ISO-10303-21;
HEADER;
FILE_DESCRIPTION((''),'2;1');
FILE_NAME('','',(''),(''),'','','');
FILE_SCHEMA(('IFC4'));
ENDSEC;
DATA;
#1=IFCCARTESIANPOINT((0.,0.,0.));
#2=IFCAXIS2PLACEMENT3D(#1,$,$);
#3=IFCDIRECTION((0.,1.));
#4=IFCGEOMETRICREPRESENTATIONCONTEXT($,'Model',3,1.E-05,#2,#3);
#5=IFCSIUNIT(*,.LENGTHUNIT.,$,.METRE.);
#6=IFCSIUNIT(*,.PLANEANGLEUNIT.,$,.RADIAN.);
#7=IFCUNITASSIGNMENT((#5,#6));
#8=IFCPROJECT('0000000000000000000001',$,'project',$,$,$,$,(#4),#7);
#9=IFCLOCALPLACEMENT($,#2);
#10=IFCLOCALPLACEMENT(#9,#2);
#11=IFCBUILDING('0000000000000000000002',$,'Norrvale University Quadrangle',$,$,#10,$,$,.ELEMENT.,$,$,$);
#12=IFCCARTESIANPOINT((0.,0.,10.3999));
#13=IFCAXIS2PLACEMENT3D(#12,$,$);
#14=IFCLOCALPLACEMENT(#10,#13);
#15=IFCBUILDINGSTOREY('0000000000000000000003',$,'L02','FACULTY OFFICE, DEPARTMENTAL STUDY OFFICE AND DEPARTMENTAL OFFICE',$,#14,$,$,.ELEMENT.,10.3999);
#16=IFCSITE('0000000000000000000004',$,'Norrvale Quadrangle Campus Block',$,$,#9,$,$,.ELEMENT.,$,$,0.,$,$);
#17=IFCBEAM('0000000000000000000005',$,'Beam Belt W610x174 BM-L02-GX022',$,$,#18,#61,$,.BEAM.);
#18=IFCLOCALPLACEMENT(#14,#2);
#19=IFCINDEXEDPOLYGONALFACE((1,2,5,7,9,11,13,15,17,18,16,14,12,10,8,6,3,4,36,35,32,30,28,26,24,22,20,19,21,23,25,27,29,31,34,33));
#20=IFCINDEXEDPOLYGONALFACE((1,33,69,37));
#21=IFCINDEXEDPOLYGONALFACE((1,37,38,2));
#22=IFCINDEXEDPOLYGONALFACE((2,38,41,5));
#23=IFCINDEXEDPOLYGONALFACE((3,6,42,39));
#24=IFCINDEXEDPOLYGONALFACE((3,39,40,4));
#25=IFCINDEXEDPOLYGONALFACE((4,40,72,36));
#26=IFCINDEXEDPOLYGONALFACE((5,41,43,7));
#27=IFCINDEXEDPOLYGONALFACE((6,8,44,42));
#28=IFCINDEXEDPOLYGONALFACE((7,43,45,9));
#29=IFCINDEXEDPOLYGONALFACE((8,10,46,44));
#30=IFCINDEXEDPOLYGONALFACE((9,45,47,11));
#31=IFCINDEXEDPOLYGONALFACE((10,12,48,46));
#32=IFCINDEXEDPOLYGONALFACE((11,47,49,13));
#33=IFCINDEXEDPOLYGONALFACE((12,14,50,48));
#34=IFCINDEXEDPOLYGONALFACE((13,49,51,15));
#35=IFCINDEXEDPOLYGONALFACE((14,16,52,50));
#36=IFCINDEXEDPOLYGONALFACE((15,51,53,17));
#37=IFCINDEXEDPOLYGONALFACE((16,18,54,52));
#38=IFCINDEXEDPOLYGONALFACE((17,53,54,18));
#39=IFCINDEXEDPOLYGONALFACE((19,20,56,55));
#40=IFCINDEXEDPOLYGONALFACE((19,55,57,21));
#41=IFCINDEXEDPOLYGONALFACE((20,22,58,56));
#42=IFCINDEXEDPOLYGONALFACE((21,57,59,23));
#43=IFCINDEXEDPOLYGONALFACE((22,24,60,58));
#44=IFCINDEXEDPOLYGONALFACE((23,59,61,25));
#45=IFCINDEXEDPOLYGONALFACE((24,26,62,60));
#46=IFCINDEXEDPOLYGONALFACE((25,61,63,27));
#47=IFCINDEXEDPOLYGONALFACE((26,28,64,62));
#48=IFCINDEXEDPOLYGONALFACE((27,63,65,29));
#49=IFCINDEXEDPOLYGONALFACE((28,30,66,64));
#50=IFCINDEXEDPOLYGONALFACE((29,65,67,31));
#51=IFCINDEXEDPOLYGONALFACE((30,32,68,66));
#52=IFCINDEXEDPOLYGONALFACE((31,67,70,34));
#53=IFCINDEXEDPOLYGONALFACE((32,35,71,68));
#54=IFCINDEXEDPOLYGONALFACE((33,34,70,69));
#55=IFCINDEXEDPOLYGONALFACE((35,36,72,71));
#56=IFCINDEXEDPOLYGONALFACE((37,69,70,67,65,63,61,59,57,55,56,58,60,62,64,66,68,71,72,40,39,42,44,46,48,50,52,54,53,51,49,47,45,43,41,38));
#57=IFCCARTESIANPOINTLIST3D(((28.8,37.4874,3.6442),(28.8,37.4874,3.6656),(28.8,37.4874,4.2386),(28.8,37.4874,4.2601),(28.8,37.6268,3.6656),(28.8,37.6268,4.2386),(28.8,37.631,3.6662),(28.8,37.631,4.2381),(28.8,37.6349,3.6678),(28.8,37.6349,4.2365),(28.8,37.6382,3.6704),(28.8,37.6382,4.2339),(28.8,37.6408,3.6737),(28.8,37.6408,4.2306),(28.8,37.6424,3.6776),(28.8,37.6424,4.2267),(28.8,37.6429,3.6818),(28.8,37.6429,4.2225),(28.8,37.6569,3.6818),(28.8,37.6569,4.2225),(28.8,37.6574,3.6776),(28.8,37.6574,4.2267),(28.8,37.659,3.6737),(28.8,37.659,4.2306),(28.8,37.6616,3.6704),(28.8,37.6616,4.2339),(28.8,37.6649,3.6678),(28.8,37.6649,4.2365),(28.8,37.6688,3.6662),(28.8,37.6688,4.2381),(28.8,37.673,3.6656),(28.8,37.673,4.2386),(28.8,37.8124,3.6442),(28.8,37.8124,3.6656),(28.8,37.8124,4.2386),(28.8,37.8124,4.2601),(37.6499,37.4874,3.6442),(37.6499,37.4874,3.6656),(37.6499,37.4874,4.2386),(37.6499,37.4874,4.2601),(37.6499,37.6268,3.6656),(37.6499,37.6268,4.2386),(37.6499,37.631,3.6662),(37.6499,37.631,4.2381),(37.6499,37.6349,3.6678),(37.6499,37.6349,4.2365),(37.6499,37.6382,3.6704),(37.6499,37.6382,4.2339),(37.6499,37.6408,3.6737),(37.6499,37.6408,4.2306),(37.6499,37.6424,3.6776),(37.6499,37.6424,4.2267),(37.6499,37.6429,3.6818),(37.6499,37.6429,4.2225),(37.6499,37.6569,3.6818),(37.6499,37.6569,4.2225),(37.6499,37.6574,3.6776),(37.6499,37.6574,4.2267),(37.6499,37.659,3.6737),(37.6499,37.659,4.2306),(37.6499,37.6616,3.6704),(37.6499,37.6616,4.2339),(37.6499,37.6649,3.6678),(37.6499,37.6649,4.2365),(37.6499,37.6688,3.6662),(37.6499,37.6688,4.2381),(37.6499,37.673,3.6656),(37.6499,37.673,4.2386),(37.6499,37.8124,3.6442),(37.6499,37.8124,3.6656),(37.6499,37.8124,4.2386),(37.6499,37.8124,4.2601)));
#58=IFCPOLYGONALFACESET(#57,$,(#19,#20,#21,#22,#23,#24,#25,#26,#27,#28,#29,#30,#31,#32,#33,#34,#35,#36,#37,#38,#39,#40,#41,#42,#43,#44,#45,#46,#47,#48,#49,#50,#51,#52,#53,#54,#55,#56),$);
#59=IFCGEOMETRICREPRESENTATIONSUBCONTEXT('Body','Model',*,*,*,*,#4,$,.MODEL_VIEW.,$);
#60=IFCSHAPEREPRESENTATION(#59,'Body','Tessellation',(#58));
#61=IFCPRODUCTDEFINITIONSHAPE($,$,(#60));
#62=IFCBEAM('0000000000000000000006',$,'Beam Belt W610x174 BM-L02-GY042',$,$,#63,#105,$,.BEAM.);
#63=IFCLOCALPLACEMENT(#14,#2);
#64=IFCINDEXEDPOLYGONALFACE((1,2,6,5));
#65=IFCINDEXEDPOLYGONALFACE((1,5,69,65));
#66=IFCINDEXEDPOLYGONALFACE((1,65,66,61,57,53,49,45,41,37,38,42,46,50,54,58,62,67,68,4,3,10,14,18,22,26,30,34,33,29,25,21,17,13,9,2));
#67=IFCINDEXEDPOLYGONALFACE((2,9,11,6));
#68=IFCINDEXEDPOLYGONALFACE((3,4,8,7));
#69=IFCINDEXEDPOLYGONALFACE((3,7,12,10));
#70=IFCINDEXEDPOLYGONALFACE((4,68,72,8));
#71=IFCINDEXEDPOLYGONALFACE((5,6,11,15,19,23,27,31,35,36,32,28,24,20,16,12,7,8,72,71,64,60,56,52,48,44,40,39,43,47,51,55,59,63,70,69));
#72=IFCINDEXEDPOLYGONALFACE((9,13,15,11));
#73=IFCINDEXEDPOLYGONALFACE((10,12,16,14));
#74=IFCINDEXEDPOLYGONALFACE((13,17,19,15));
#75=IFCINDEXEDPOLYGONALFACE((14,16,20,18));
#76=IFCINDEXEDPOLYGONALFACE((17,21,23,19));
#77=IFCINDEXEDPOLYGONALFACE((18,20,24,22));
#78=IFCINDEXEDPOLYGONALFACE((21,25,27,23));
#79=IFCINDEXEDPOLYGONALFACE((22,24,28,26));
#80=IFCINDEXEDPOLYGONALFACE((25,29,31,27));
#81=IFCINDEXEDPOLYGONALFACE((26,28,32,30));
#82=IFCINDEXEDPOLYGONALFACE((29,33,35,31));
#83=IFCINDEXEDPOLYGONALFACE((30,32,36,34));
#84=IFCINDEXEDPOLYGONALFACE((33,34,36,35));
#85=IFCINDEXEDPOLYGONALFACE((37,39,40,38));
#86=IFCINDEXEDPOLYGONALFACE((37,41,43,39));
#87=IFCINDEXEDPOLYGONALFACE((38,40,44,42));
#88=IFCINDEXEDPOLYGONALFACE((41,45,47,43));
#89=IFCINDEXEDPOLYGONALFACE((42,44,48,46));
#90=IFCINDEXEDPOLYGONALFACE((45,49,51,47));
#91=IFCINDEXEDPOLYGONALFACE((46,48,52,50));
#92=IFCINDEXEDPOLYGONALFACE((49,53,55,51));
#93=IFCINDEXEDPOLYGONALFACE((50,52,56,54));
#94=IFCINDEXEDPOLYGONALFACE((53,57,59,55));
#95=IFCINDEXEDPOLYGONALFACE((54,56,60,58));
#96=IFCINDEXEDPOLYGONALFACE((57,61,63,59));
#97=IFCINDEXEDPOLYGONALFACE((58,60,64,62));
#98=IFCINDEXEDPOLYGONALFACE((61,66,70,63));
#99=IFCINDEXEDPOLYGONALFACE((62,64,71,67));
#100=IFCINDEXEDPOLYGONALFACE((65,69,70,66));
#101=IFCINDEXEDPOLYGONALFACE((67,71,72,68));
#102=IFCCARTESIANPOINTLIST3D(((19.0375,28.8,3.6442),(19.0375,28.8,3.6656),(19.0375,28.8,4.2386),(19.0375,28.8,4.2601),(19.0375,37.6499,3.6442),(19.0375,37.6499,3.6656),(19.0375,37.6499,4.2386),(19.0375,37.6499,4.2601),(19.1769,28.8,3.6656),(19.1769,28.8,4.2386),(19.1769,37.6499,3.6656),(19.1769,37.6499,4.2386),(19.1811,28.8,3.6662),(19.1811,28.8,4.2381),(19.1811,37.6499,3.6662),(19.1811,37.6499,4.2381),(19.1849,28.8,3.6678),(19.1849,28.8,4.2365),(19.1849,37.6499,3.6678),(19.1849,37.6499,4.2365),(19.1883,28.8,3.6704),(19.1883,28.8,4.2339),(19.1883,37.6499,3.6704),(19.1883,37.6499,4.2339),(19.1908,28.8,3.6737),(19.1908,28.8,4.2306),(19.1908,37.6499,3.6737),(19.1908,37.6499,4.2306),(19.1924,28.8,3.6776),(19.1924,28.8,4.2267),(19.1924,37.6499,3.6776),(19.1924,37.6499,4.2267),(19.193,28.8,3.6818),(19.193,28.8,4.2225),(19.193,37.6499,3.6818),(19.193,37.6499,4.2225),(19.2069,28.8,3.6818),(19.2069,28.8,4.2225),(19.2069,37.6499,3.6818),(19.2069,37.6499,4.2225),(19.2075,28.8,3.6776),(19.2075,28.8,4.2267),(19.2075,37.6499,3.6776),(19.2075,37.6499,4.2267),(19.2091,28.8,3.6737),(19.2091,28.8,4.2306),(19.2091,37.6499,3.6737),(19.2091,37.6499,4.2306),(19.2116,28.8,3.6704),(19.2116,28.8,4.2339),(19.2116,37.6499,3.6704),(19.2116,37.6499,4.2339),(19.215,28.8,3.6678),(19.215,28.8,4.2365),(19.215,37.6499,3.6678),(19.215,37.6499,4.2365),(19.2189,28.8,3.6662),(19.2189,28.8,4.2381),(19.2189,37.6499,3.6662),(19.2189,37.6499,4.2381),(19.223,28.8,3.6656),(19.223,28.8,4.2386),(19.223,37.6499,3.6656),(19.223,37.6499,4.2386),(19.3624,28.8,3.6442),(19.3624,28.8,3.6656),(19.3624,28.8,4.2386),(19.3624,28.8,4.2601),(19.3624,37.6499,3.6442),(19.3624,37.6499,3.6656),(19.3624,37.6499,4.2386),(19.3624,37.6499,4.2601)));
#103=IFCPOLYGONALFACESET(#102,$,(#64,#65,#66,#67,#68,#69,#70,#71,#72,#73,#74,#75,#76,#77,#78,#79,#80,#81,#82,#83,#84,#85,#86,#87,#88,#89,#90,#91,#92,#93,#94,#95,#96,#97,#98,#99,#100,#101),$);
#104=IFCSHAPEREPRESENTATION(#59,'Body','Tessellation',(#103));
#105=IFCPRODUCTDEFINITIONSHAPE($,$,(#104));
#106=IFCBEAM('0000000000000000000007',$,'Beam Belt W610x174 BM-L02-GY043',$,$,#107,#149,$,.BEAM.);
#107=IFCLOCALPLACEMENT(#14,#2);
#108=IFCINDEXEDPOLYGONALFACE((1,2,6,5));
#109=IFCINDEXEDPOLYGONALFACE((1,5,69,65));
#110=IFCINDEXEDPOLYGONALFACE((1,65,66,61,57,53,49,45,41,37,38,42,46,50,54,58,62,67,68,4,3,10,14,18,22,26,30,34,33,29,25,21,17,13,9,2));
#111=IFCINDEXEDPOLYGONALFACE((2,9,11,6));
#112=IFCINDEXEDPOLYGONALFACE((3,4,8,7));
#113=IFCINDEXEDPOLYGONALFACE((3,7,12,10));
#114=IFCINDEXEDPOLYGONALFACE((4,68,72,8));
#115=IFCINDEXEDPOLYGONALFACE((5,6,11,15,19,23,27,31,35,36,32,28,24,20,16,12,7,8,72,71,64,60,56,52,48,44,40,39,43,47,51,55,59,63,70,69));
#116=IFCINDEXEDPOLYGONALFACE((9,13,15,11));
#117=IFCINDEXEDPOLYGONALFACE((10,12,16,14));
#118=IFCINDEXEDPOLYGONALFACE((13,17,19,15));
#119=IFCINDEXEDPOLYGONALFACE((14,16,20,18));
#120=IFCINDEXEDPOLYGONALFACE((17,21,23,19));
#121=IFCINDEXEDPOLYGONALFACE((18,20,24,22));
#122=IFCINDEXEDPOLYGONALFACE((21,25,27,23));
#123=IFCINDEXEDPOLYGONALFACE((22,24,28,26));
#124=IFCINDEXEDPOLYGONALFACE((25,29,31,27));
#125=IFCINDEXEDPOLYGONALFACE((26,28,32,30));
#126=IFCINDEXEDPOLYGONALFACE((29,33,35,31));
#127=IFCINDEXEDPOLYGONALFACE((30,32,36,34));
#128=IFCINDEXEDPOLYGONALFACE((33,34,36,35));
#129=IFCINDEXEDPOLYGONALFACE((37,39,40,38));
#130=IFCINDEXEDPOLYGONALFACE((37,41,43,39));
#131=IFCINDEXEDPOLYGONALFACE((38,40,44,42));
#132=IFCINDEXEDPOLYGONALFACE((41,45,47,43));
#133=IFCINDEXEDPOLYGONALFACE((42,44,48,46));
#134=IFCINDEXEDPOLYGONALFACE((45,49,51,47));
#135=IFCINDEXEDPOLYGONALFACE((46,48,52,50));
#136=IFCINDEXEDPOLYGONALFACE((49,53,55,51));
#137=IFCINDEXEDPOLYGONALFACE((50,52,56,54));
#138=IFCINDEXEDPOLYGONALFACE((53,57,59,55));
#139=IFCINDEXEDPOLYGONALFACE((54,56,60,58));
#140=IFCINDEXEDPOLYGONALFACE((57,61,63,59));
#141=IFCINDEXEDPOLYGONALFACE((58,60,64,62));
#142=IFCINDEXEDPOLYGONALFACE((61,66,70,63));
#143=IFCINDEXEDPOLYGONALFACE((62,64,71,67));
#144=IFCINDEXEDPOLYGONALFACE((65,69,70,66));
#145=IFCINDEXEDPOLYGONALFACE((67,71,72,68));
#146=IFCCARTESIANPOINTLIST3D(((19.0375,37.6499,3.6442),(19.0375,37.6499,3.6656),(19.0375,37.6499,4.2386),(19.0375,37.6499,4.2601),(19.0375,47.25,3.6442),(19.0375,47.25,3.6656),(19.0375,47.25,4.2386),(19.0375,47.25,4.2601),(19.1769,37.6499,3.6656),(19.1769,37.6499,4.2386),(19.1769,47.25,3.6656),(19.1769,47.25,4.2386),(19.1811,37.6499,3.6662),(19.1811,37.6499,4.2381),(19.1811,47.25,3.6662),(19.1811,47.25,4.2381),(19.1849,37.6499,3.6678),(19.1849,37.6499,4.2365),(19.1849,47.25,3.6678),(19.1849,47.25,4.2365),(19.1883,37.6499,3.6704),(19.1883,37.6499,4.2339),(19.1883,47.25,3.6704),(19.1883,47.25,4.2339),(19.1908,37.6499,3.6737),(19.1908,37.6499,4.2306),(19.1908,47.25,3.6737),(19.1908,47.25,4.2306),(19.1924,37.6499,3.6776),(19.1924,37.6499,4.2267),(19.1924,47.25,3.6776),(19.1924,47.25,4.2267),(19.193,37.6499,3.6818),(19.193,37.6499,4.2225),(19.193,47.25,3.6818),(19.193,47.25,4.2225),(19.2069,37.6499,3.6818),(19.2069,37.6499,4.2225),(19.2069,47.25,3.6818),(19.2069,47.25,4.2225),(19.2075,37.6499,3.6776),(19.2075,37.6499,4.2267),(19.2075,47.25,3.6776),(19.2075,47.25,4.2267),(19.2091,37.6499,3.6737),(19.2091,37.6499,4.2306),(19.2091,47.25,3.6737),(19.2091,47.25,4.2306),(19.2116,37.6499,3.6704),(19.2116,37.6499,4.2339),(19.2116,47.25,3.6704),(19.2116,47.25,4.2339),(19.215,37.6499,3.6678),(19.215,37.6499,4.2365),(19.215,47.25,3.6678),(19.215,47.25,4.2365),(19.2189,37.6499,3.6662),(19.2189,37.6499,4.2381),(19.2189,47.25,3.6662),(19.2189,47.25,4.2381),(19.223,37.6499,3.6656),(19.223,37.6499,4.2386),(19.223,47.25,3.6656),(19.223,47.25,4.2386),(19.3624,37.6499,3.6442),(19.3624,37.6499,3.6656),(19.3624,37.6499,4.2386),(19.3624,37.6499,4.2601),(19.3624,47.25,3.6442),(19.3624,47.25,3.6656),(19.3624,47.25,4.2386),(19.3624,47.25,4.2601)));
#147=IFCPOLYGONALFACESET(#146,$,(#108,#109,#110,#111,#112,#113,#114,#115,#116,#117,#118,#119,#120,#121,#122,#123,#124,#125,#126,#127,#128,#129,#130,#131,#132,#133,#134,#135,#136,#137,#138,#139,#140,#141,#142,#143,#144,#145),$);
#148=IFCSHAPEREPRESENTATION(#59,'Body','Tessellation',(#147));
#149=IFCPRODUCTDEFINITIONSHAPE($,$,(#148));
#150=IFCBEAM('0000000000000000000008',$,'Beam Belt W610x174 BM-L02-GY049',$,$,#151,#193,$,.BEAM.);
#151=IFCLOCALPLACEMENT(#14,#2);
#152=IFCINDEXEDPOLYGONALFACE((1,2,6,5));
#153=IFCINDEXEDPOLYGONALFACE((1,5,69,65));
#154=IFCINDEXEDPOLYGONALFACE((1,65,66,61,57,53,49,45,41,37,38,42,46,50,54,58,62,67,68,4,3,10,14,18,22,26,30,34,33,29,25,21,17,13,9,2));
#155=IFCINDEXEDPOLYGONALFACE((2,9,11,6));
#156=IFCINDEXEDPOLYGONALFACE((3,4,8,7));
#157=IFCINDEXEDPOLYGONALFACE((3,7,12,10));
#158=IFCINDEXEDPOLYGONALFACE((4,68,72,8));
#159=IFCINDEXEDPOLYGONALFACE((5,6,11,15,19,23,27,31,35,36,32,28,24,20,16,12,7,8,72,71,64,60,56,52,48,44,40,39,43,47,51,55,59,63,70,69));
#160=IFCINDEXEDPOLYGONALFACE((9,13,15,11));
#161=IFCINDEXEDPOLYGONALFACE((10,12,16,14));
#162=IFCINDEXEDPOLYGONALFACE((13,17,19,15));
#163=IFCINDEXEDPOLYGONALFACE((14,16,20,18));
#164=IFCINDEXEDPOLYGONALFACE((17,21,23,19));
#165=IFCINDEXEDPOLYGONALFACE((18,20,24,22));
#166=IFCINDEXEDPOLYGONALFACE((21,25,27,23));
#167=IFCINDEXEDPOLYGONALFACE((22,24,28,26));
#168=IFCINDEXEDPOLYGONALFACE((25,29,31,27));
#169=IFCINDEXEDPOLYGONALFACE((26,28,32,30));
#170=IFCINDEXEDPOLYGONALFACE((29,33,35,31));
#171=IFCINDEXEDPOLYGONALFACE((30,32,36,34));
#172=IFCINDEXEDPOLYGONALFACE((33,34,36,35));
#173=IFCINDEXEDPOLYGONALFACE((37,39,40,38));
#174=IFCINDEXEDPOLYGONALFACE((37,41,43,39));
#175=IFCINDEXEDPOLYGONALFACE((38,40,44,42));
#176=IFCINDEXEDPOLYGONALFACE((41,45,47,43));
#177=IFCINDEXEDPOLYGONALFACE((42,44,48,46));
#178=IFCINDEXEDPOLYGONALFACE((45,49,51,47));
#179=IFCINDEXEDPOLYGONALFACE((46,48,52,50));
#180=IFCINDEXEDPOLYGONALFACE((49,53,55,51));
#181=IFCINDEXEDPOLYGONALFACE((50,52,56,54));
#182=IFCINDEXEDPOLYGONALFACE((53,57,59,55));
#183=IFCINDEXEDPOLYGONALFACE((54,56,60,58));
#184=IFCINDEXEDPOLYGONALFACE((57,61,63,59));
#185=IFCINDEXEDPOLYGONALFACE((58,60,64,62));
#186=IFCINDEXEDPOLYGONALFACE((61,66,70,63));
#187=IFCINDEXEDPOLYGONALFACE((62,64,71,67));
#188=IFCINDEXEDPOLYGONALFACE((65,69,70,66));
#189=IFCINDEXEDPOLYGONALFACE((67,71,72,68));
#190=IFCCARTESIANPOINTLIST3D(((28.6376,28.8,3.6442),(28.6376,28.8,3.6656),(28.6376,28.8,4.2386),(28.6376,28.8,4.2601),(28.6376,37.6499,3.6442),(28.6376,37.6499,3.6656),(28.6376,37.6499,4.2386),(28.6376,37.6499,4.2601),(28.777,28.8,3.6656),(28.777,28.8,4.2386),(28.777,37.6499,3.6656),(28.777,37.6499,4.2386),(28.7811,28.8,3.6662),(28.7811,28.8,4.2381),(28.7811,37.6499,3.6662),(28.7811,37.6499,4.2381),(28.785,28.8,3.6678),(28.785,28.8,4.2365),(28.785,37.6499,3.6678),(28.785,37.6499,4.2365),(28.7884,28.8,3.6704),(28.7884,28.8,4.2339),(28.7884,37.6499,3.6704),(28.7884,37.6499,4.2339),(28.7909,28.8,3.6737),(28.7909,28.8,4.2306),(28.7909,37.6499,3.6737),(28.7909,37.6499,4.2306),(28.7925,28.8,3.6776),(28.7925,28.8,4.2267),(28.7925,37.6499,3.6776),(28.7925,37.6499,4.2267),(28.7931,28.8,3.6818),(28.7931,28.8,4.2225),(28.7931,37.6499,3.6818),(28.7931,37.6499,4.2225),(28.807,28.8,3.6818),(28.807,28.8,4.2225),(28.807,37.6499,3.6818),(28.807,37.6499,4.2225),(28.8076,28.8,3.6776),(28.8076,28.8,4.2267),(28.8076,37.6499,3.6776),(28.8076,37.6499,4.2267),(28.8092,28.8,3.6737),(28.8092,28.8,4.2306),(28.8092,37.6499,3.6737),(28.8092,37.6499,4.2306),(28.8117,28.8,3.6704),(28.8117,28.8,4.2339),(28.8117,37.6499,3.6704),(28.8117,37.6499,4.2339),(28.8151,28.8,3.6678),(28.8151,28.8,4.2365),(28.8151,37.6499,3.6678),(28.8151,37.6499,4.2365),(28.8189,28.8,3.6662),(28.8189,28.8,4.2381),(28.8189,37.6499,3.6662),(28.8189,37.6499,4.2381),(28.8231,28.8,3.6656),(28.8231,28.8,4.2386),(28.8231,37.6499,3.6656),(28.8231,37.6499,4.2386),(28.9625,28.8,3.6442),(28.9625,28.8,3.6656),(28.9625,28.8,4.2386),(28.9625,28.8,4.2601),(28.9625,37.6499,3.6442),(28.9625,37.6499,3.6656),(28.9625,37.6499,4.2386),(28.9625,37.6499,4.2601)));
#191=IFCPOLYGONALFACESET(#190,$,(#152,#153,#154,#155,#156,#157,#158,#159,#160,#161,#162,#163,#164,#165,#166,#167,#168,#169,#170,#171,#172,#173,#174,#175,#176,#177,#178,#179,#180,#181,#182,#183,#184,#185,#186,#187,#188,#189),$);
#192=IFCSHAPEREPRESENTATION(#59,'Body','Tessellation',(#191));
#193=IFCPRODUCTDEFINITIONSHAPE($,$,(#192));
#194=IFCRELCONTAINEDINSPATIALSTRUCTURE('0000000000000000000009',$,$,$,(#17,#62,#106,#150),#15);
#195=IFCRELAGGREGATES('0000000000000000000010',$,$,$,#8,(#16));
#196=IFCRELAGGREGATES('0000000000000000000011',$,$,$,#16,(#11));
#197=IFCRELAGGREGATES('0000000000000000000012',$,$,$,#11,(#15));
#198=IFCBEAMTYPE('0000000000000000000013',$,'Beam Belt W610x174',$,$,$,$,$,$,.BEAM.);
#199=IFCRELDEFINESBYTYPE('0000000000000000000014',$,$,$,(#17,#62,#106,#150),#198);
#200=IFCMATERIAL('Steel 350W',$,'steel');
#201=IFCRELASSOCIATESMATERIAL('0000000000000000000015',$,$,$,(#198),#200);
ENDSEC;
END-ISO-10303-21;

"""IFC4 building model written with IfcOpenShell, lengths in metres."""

from ifc_helpers import new_model, si_unit, direction, frame, origin, origin_2d, place, context, subcontext, project, spatial, i_section, extrude, material, material_profile, profile_set, type_object, element, save


model = new_model("IFC4")

# Units and contexts
model_context = context("Model", 3, precision=1e-05, world=origin(), true_north=direction((0.0, 1.0)))
body_context = subcontext(model_context, "Body", "Model", "MODEL_VIEW")
ifc_project = project(units=[si_unit("LENGTHUNIT", "METRE"), si_unit("PLANEANGLEUNIT", "RADIAN")], contexts=[model_context])

# Site, building, storey
site_placement = place(None, origin())
site = spatial("IfcSite", under=ifc_project, at=site_placement, Name="Norrvale Quadrangle Campus Block", CompositionType="ELEMENT", RefElevation=0.0)
building_placement = place(site_placement, origin())
building = spatial("IfcBuilding", under=site, at=building_placement, Name="Norrvale University Quadrangle", CompositionType="ELEMENT")
storey_placement = place(building_placement, frame((0.0, 0.0, 10.3999)))
storey = spatial("IfcBuildingStorey", under=building, at=storey_placement, Name="L02", Description="FACULTY OFFICE, DEPARTMENTAL STUDY OFFICE AND DEPARTMENTAL OFFICE", CompositionType="ELEMENT", Elevation=10.3999)

# Beams
ifc_material_1 = material(Name="Steel 350W", Category="steel")
ifc_material_profile_1 = material_profile(ifc_material_1, i_section(OverallWidth=0.325, OverallDepth=0.616, WebThickness=0.0139, FlangeThickness=0.0215, FilletRadius=0.0161, at=origin_2d()), Name="Steel 350W")
ifc_profile_set_1 = profile_set([ifc_material_profile_1], Name="Steel 350W")
beam_type_1 = type_object("IfcBeamType", Name="Beam Belt W610x174", PredefinedType="BEAM", material=ifc_profile_set_1)
for number, where, z_axis, x_axis, name in (
    (1, (28.8, 37.6499, 3.9521), (1.0, 0.0, 0.0), (0.0, 1.0, 0.0), "Beam Belt W610x174 BM-L02-GX022"),
    (2, (19.2, 28.8, 3.9521), (0.0, 1.0, 0.0), (-1.0, 0.0, 0.0), "Beam Belt W610x174 BM-L02-GY042"),
):
    element("IfcBeam", number, at=place(storey_placement, frame(where, z_axis=z_axis, x_axis=x_axis)), inside=storey, type_object=beam_type_1, Name=name, PredefinedType="BEAM", context=body_context, shape_type="SweptSolid", body=[
        extrude(i_section(OverallWidth=0.325, OverallDepth=0.616, WebThickness=0.0139, FlangeThickness=0.0215, FilletRadius=0.0161, at=origin_2d()), origin(), (0.0, 0.0, 1.0), 8.8499),
    ])
beam_1_placement = place(storey_placement, frame((19.2, 37.6499, 3.9521), z_axis=(0.0, 1.0, 0.0), x_axis=(-1.0, 0.0, 0.0)))
element("IfcBeam", 3, at=beam_1_placement, inside=storey, type_object=beam_type_1, Name="Beam Belt W610x174 BM-L02-GY043", PredefinedType="BEAM", context=body_context, shape_type="SweptSolid", body=[
    extrude(i_section(OverallWidth=0.325, OverallDepth=0.616, WebThickness=0.0139, FlangeThickness=0.0215, FilletRadius=0.0161, at=origin_2d()), origin(), (0.0, 0.0, 1.0), 9.6001),
])
beam_2_placement = place(storey_placement, frame((28.8, 28.8, 3.9521), z_axis=(0.0, 1.0, 0.0), x_axis=(-1.0, 0.0, 0.0)))
element("IfcBeam", 4, at=beam_2_placement, inside=storey, type_object=beam_type_1, Name="Beam Belt W610x174 BM-L02-GY049", PredefinedType="BEAM", context=body_context, shape_type="SweptSolid", body=[
    extrude(i_section(OverallWidth=0.325, OverallDepth=0.616, WebThickness=0.0139, FlangeThickness=0.0215, FilletRadius=0.0161, at=origin_2d()), origin(), (0.0, 0.0, 1.0), 8.8499),
])

save(model, "model.ifc")
